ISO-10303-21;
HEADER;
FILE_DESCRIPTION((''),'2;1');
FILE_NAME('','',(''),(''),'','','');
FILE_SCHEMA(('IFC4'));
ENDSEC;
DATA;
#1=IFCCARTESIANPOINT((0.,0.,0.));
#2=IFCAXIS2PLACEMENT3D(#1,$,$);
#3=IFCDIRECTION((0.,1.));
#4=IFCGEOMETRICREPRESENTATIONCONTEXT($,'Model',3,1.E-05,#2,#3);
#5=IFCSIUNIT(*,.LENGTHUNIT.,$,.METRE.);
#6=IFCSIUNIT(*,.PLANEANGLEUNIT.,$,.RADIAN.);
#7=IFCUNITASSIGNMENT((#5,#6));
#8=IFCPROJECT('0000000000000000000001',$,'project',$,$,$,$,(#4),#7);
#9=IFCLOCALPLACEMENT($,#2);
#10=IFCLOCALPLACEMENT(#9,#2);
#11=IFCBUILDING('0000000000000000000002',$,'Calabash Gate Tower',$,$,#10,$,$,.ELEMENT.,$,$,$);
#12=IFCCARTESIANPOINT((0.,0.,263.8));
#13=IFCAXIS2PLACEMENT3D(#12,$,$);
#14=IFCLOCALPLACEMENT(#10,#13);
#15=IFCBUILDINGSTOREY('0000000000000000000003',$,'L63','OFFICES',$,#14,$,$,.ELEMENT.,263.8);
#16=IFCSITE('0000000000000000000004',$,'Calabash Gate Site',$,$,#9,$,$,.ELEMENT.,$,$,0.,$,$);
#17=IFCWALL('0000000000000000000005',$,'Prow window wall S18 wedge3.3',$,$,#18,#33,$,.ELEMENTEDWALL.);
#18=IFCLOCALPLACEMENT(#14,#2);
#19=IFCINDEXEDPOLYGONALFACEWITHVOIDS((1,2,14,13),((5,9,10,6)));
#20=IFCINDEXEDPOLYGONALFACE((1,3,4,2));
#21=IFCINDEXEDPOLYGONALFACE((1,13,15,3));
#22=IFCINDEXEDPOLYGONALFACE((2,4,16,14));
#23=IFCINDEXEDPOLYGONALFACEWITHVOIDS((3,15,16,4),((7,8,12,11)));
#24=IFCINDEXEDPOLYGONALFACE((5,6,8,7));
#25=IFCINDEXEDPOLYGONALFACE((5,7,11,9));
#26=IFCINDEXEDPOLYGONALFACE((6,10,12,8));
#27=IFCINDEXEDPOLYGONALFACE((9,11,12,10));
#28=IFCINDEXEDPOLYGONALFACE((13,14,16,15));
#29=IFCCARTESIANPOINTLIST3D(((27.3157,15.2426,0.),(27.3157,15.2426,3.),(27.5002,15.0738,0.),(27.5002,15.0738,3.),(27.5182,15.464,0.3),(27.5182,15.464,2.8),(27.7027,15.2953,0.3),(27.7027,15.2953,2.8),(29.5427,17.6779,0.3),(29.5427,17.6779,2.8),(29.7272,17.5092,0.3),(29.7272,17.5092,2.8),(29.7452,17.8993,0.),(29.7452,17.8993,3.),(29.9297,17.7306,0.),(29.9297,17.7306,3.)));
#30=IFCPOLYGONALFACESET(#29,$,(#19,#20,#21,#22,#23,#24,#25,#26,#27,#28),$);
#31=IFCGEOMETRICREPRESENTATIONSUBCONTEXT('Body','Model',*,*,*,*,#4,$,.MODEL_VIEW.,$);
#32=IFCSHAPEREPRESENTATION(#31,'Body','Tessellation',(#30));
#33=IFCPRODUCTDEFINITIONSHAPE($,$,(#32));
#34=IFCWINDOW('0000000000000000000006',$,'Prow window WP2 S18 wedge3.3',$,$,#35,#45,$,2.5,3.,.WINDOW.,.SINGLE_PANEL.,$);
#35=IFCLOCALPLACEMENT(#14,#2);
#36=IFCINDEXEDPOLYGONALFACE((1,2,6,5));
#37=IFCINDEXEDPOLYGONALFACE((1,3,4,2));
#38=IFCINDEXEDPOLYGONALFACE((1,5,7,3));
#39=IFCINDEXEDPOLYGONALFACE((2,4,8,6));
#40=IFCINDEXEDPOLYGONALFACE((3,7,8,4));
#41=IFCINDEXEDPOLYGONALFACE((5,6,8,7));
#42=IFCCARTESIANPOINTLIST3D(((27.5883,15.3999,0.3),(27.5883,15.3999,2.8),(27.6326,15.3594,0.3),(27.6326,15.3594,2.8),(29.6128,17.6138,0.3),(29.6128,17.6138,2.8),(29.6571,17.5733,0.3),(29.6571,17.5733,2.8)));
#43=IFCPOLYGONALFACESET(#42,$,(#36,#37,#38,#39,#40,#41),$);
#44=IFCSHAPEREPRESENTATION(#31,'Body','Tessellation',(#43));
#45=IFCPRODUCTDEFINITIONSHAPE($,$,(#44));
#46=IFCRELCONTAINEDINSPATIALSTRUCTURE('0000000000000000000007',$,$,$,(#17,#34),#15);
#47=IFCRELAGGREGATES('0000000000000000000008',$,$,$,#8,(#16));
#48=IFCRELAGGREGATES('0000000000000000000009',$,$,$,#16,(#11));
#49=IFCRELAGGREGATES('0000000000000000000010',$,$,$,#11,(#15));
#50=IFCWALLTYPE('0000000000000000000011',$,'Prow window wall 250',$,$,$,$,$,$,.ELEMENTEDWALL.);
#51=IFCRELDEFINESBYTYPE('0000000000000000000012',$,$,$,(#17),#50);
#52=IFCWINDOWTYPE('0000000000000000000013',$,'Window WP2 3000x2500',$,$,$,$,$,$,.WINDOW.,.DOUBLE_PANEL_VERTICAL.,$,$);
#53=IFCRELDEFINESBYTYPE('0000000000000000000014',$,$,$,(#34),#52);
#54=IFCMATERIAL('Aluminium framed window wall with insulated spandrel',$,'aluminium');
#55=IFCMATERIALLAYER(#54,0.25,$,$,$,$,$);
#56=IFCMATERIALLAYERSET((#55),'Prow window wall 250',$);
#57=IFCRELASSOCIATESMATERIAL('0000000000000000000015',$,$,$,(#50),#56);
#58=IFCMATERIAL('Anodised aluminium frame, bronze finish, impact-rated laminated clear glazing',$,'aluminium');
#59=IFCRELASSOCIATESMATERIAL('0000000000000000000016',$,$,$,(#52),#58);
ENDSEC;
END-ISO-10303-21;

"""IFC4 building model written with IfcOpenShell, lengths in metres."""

from ifc_helpers import new_model, si_unit, direction, frame, frame_2d, origin, place, context, subcontext, project, spatial, rectangle, extrude, material, layer, layer_set, type_object, element, fill, save


model = new_model("IFC4")

# Units and contexts
model_context = context("Model", 3, precision=1e-05, world=origin(), true_north=direction((0.0, 1.0)))
body_context = subcontext(model_context, "Body", "Model", "MODEL_VIEW")
ifc_project = project(units=[si_unit("LENGTHUNIT", "METRE"), si_unit("PLANEANGLEUNIT", "RADIAN")], contexts=[model_context])

# Site, building, storey
site_placement = place(None, origin())
site = spatial("IfcSite", under=ifc_project, at=site_placement, Name="Calabash Gate Site", CompositionType="ELEMENT", RefElevation=0.0)
building_placement = place(site_placement, origin())
building = spatial("IfcBuilding", under=site, at=building_placement, Name="Calabash Gate Tower", CompositionType="ELEMENT")
storey_placement = place(building_placement, frame((0.0, 0.0, 263.8)))
storey = spatial("IfcBuildingStorey", under=building, at=storey_placement, Name="L63", Description="OFFICES", CompositionType="ELEMENT", Elevation=263.8)

# Wall, opening, window
ifc_material_1 = material(Name="Aluminium framed window wall with insulated spandrel", Category="aluminium")
ifc_layer_1 = layer(ifc_material_1, 0.25)
ifc_layer_set_1 = layer_set([ifc_layer_1], Name="Prow window wall 250")
wall_type_1 = type_object("IfcWallType", Name="Prow window wall 250", PredefinedType="ELEMENTEDWALL", material=ifc_layer_set_1)
ifc_material_2 = material(Name="Anodised aluminium frame, bronze finish, impact-rated laminated clear glazing", Category="aluminium")
window_type = type_object("IfcWindowType", Name="Window WP2 3000x2500", PartitioningType="DOUBLE_PANEL_VERTICAL", PredefinedType="WINDOW", material=ifc_material_2)
wall_1_placement = place(storey_placement, frame((27.408, 15.1582, 0.0), z_axis=(0.0, 0.0, 1.0), x_axis=(0.674834, 0.73797, 0.0)))
wall_1 = element("IfcWall", 1, at=wall_1_placement, inside=storey, type_object=wall_type_1, Name="Prow window wall S18 wedge3.3", PredefinedType="ELEMENTEDWALL", context=body_context, shape_type="SweptSolid", body=[
    extrude(rectangle(XDim=3.6001, YDim=0.25, at=frame_2d((1.8, 0.0))), origin(), (0.0, 0.0, 1.0), 3.0),
])
opening_1_placement = place(wall_1_placement, frame((0.3, 0.0, 0.3)))
opening_1 = element("IfcOpeningElement", 2, at=opening_1_placement, cuts=wall_1, PredefinedType="OPENING", context=body_context, shape_type="SweptSolid", body=[
    extrude(rectangle(XDim=3.0, YDim=2.5, at=frame_2d((1.5, 1.25))), frame((0.0, 0.135, 0.0), z_axis=(0.0, -1.0, 0.0), x_axis=(1.0, 0.0, 0.0)), (0.0, 0.0, 1.0), 0.27),
])
window_1_placement = place(opening_1_placement, origin())
window_1 = element("IfcWindow", 3, at=window_1_placement, inside=storey, type_object=window_type, Name="Prow window WP2 S18 wedge3.3", OverallHeight=2.5, OverallWidth=3.0, PartitioningType="SINGLE_PANEL", PredefinedType="WINDOW", context=body_context, shape_type="SweptSolid", body=[
    extrude(rectangle(XDim=3.0, YDim=2.5, at=frame_2d((1.5, 1.25))), frame((0.0, 0.03, 0.0), z_axis=(0.0, -1.0, 0.0), x_axis=(1.0, 0.0, 0.0)), (0.0, 0.0, 1.0), 0.0601),
])
fill(opening_1, window_1)

save(model, "model.ifc")
